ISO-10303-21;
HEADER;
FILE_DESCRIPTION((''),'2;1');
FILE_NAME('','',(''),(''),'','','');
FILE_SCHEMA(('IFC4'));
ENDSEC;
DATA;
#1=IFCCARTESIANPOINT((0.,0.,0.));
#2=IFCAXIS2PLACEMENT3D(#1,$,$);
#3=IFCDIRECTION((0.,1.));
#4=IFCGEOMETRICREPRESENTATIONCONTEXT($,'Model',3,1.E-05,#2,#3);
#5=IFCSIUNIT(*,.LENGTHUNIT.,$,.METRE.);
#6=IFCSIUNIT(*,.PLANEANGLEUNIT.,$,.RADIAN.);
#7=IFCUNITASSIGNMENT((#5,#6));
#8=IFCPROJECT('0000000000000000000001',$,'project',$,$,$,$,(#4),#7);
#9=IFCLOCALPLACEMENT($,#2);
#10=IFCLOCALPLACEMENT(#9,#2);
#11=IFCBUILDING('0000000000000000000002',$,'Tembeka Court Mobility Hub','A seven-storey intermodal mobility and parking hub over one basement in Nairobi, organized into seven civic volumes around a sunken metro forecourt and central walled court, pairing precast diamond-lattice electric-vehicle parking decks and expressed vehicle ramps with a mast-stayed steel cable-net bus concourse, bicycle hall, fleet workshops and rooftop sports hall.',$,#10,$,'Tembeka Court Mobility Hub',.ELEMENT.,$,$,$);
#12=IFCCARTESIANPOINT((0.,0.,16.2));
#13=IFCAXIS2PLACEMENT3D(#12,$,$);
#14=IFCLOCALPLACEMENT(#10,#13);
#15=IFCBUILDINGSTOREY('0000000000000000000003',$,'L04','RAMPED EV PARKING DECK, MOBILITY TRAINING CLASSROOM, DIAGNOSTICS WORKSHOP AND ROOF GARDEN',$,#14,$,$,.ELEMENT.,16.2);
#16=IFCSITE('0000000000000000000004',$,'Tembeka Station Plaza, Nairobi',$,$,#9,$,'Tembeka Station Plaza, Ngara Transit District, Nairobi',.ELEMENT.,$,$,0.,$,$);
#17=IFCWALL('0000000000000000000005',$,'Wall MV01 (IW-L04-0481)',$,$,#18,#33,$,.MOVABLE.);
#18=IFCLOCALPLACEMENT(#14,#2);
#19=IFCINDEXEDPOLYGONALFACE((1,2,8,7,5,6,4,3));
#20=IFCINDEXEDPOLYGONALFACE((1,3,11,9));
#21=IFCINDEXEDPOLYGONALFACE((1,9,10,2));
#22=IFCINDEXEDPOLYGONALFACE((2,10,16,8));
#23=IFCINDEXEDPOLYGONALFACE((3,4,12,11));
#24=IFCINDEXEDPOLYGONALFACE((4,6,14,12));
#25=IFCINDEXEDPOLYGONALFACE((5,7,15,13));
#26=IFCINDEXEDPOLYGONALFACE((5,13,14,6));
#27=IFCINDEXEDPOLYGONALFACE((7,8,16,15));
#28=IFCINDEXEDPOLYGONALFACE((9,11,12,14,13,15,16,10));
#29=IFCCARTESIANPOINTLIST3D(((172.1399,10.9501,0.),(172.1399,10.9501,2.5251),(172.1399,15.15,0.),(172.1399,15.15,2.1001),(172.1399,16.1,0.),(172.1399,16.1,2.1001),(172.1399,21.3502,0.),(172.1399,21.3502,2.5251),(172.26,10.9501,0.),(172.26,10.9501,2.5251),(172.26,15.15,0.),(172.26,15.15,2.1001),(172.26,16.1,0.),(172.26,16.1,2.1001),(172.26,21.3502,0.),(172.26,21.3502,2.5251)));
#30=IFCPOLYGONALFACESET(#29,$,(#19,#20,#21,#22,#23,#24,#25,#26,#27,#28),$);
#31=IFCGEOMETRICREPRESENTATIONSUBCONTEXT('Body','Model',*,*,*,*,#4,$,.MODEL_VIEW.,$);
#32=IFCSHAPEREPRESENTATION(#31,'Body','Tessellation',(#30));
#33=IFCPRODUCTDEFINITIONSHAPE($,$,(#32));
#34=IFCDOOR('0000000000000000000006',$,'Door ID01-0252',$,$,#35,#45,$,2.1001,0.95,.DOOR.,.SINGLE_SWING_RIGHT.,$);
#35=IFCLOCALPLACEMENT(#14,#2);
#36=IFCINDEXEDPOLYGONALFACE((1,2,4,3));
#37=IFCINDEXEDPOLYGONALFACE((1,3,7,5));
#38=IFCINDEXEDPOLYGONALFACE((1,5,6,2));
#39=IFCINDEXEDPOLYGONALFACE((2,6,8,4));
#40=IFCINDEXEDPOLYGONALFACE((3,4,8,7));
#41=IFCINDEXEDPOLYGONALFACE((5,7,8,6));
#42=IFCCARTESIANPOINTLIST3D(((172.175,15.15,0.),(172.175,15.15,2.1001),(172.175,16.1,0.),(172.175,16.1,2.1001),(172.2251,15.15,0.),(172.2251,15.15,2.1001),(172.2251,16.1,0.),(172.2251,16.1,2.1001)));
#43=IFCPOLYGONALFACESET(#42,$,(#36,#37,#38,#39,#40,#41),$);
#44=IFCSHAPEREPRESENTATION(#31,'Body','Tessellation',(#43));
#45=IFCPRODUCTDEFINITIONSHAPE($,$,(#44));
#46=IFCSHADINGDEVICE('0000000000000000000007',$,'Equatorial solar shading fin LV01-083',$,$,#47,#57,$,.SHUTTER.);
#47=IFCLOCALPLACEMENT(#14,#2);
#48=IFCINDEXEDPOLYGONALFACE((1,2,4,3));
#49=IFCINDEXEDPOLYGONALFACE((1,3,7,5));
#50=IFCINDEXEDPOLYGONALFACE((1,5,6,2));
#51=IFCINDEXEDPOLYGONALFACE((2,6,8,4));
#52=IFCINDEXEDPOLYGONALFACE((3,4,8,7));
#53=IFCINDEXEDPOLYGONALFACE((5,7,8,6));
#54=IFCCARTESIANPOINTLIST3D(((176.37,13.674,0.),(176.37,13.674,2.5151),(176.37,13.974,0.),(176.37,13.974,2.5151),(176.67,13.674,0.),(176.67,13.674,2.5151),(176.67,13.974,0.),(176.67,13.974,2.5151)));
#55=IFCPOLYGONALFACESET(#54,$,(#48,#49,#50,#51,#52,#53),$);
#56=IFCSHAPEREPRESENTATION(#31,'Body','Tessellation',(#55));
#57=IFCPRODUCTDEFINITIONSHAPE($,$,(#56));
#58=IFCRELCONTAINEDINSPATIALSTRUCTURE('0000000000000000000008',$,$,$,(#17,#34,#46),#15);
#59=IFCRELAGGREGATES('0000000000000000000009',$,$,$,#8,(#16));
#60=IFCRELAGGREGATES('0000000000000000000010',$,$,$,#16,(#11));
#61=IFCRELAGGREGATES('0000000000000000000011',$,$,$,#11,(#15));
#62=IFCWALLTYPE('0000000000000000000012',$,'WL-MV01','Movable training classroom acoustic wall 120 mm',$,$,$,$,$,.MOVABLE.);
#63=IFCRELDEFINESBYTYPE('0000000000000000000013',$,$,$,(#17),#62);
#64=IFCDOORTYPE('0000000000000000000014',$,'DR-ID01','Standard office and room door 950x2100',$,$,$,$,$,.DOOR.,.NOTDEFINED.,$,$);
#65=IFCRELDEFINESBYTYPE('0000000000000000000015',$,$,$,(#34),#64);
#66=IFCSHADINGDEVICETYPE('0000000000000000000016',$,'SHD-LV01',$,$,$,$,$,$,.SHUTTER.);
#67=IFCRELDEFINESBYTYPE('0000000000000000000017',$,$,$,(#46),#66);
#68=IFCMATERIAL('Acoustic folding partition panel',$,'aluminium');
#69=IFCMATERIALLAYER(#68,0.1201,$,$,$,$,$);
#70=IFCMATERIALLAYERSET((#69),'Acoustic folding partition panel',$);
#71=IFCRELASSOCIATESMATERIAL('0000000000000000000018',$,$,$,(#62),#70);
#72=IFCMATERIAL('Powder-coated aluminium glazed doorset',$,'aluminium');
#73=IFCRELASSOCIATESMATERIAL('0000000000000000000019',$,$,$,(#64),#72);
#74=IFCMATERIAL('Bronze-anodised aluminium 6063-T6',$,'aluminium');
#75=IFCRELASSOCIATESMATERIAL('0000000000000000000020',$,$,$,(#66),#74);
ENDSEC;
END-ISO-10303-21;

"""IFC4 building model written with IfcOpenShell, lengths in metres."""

from ifc_helpers import new_model, si_unit, direction, frame, frame_2d, origin, origin_2d, place, context, subcontext, project, spatial, rectangle, extrude, material, layer, layer_set, material_profile, profile_set, type_object, element, fill, save


model = new_model("IFC4")

# Units and contexts
model_context = context("Model", 3, precision=1e-05, world=origin(), true_north=direction((0.0, 1.0)))
body_context = subcontext(model_context, "Body", "Model", "MODEL_VIEW")
ifc_project = project(units=[si_unit("LENGTHUNIT", "METRE"), si_unit("PLANEANGLEUNIT", "RADIAN")], contexts=[model_context])

# Site, building, storey
site_placement = place(None, origin())
site = spatial("IfcSite", under=ifc_project, at=site_placement, Name="Tembeka Station Plaza, Nairobi", LongName="Tembeka Station Plaza, Ngara Transit District, Nairobi", CompositionType="ELEMENT", RefElevation=0.0)
building_placement = place(site_placement, origin())
building = spatial("IfcBuilding", under=site, at=building_placement, Name="Tembeka Court Mobility Hub", Description="A seven-storey intermodal mobility and parking hub over one basement in Nairobi, organized into seven civic volumes around a sunken metro forecourt and central walled court, pairing precast diamond-lattice electric-vehicle parking decks and expressed vehicle ramps with a mast-stayed steel cable-net bus concourse, bicycle hall, fleet workshops and rooftop sports hall.", LongName="Tembeka Court Mobility Hub", CompositionType="ELEMENT")
storey_placement = place(building_placement, frame((0.0, 0.0, 16.2)))
storey = spatial("IfcBuildingStorey", under=building, at=storey_placement, Name="L04", Description="RAMPED EV PARKING DECK, MOBILITY TRAINING CLASSROOM, DIAGNOSTICS WORKSHOP AND ROOF GARDEN", CompositionType="ELEMENT", Elevation=16.2)

# Wall, opening, door
ifc_material_1 = material(Name="Powder-coated aluminium glazed doorset", Category="aluminium")
ifc_material_2 = material(Name="Acoustic folding partition panel", Category="aluminium")
ifc_layer_1 = layer(ifc_material_2, 0.1201)
ifc_layer_set_1 = layer_set([ifc_layer_1], Name="Acoustic folding partition panel")
wall_type_1 = type_object("IfcWallType", Name="WL-MV01", Description="Movable training classroom acoustic wall 120 mm", PredefinedType="MOVABLE", material=ifc_layer_set_1)
door_type_1 = type_object("IfcDoorType", Name="DR-ID01", Description="Standard office and room door 950x2100", OperationType="NOTDEFINED", PredefinedType="DOOR", material=ifc_material_1)
wall_1_placement = place(storey_placement, frame((172.2, 10.95, 0.0), z_axis=(0.0, 0.0, 1.0), x_axis=(0.0, 1.0, 0.0)))
wall_1 = element("IfcWall", 1, at=wall_1_placement, inside=storey, type_object=wall_type_1, Name="Wall MV01 (IW-L04-0481)", PredefinedType="MOVABLE", context=body_context, shape_type="SweptSolid", body=[
    extrude(rectangle(XDim=10.4001, YDim=0.1201, at=frame_2d((5.2002, 0.0))), origin(), (0.0, 0.0, 1.0), 2.5251),
])
opening_1_placement = place(wall_1_placement, frame((4.2, 0.0, 0.0)))
opening_1 = element("IfcOpeningElement", 2, at=opening_1_placement, cuts=wall_1, PredefinedType="OPENING", context=body_context, shape_type="SweptSolid", body=[
    extrude(rectangle(XDim=0.95, YDim=2.1001, at=frame_2d((0.4751, 1.05))), frame((0.0, 0.0701, 0.0), z_axis=(0.0, -1.0, 0.0), x_axis=(1.0, 0.0, 0.0)), (0.0, 0.0, 1.0), 0.1401),
])
door_1_placement = place(opening_1_placement, origin())
door_1 = element("IfcDoor", 3, at=door_1_placement, inside=storey, type_object=door_type_1, Name="Door ID01-0252", OperationType="SINGLE_SWING_RIGHT", OverallHeight=2.1001, OverallWidth=0.95, PredefinedType="DOOR", context=body_context, shape_type="SweptSolid", body=[
    extrude(rectangle(XDim=0.95, YDim=2.1001, at=frame_2d((0.4751, 1.05))), frame((0.0, 0.0249, 0.0), z_axis=(0.0, -1.0, 0.0), x_axis=(1.0, 0.0, 0.0)), (0.0, 0.0, 1.0), 0.05),
])
fill(opening_1, door_1)

# Shading device
ifc_material_3 = material(Name="Bronze-anodised aluminium 6063-T6", Category="aluminium")
ifc_material_profile_1 = material_profile(ifc_material_3, rectangle(XDim=0.3, YDim=0.3, at=origin_2d()), Name="ALU-LVR 300x300")
ifc_profile_set_1 = profile_set([ifc_material_profile_1], Name="Bronze-anodised aluminium 6063-T6")
shading_device_type = type_object("IfcShadingDeviceType", Name="SHD-LV01", PredefinedType="SHUTTER", material=ifc_profile_set_1)
shading_device_placement = place(storey_placement, frame((176.52, 13.824, 0.0), z_axis=(0.0, 0.0, 1.0), x_axis=(1.0, 0.0, 0.0)))
element("IfcShadingDevice", 4, at=shading_device_placement, inside=storey, type_object=shading_device_type, Name="Equatorial solar shading fin LV01-083", PredefinedType="SHUTTER", context=body_context, shape_type="SweptSolid", body=[
    extrude(rectangle(XDim=0.3, YDim=0.3, at=origin_2d()), origin(), (0.0, 0.0, 1.0), 2.5151),
])

save(model, "model.ifc")
